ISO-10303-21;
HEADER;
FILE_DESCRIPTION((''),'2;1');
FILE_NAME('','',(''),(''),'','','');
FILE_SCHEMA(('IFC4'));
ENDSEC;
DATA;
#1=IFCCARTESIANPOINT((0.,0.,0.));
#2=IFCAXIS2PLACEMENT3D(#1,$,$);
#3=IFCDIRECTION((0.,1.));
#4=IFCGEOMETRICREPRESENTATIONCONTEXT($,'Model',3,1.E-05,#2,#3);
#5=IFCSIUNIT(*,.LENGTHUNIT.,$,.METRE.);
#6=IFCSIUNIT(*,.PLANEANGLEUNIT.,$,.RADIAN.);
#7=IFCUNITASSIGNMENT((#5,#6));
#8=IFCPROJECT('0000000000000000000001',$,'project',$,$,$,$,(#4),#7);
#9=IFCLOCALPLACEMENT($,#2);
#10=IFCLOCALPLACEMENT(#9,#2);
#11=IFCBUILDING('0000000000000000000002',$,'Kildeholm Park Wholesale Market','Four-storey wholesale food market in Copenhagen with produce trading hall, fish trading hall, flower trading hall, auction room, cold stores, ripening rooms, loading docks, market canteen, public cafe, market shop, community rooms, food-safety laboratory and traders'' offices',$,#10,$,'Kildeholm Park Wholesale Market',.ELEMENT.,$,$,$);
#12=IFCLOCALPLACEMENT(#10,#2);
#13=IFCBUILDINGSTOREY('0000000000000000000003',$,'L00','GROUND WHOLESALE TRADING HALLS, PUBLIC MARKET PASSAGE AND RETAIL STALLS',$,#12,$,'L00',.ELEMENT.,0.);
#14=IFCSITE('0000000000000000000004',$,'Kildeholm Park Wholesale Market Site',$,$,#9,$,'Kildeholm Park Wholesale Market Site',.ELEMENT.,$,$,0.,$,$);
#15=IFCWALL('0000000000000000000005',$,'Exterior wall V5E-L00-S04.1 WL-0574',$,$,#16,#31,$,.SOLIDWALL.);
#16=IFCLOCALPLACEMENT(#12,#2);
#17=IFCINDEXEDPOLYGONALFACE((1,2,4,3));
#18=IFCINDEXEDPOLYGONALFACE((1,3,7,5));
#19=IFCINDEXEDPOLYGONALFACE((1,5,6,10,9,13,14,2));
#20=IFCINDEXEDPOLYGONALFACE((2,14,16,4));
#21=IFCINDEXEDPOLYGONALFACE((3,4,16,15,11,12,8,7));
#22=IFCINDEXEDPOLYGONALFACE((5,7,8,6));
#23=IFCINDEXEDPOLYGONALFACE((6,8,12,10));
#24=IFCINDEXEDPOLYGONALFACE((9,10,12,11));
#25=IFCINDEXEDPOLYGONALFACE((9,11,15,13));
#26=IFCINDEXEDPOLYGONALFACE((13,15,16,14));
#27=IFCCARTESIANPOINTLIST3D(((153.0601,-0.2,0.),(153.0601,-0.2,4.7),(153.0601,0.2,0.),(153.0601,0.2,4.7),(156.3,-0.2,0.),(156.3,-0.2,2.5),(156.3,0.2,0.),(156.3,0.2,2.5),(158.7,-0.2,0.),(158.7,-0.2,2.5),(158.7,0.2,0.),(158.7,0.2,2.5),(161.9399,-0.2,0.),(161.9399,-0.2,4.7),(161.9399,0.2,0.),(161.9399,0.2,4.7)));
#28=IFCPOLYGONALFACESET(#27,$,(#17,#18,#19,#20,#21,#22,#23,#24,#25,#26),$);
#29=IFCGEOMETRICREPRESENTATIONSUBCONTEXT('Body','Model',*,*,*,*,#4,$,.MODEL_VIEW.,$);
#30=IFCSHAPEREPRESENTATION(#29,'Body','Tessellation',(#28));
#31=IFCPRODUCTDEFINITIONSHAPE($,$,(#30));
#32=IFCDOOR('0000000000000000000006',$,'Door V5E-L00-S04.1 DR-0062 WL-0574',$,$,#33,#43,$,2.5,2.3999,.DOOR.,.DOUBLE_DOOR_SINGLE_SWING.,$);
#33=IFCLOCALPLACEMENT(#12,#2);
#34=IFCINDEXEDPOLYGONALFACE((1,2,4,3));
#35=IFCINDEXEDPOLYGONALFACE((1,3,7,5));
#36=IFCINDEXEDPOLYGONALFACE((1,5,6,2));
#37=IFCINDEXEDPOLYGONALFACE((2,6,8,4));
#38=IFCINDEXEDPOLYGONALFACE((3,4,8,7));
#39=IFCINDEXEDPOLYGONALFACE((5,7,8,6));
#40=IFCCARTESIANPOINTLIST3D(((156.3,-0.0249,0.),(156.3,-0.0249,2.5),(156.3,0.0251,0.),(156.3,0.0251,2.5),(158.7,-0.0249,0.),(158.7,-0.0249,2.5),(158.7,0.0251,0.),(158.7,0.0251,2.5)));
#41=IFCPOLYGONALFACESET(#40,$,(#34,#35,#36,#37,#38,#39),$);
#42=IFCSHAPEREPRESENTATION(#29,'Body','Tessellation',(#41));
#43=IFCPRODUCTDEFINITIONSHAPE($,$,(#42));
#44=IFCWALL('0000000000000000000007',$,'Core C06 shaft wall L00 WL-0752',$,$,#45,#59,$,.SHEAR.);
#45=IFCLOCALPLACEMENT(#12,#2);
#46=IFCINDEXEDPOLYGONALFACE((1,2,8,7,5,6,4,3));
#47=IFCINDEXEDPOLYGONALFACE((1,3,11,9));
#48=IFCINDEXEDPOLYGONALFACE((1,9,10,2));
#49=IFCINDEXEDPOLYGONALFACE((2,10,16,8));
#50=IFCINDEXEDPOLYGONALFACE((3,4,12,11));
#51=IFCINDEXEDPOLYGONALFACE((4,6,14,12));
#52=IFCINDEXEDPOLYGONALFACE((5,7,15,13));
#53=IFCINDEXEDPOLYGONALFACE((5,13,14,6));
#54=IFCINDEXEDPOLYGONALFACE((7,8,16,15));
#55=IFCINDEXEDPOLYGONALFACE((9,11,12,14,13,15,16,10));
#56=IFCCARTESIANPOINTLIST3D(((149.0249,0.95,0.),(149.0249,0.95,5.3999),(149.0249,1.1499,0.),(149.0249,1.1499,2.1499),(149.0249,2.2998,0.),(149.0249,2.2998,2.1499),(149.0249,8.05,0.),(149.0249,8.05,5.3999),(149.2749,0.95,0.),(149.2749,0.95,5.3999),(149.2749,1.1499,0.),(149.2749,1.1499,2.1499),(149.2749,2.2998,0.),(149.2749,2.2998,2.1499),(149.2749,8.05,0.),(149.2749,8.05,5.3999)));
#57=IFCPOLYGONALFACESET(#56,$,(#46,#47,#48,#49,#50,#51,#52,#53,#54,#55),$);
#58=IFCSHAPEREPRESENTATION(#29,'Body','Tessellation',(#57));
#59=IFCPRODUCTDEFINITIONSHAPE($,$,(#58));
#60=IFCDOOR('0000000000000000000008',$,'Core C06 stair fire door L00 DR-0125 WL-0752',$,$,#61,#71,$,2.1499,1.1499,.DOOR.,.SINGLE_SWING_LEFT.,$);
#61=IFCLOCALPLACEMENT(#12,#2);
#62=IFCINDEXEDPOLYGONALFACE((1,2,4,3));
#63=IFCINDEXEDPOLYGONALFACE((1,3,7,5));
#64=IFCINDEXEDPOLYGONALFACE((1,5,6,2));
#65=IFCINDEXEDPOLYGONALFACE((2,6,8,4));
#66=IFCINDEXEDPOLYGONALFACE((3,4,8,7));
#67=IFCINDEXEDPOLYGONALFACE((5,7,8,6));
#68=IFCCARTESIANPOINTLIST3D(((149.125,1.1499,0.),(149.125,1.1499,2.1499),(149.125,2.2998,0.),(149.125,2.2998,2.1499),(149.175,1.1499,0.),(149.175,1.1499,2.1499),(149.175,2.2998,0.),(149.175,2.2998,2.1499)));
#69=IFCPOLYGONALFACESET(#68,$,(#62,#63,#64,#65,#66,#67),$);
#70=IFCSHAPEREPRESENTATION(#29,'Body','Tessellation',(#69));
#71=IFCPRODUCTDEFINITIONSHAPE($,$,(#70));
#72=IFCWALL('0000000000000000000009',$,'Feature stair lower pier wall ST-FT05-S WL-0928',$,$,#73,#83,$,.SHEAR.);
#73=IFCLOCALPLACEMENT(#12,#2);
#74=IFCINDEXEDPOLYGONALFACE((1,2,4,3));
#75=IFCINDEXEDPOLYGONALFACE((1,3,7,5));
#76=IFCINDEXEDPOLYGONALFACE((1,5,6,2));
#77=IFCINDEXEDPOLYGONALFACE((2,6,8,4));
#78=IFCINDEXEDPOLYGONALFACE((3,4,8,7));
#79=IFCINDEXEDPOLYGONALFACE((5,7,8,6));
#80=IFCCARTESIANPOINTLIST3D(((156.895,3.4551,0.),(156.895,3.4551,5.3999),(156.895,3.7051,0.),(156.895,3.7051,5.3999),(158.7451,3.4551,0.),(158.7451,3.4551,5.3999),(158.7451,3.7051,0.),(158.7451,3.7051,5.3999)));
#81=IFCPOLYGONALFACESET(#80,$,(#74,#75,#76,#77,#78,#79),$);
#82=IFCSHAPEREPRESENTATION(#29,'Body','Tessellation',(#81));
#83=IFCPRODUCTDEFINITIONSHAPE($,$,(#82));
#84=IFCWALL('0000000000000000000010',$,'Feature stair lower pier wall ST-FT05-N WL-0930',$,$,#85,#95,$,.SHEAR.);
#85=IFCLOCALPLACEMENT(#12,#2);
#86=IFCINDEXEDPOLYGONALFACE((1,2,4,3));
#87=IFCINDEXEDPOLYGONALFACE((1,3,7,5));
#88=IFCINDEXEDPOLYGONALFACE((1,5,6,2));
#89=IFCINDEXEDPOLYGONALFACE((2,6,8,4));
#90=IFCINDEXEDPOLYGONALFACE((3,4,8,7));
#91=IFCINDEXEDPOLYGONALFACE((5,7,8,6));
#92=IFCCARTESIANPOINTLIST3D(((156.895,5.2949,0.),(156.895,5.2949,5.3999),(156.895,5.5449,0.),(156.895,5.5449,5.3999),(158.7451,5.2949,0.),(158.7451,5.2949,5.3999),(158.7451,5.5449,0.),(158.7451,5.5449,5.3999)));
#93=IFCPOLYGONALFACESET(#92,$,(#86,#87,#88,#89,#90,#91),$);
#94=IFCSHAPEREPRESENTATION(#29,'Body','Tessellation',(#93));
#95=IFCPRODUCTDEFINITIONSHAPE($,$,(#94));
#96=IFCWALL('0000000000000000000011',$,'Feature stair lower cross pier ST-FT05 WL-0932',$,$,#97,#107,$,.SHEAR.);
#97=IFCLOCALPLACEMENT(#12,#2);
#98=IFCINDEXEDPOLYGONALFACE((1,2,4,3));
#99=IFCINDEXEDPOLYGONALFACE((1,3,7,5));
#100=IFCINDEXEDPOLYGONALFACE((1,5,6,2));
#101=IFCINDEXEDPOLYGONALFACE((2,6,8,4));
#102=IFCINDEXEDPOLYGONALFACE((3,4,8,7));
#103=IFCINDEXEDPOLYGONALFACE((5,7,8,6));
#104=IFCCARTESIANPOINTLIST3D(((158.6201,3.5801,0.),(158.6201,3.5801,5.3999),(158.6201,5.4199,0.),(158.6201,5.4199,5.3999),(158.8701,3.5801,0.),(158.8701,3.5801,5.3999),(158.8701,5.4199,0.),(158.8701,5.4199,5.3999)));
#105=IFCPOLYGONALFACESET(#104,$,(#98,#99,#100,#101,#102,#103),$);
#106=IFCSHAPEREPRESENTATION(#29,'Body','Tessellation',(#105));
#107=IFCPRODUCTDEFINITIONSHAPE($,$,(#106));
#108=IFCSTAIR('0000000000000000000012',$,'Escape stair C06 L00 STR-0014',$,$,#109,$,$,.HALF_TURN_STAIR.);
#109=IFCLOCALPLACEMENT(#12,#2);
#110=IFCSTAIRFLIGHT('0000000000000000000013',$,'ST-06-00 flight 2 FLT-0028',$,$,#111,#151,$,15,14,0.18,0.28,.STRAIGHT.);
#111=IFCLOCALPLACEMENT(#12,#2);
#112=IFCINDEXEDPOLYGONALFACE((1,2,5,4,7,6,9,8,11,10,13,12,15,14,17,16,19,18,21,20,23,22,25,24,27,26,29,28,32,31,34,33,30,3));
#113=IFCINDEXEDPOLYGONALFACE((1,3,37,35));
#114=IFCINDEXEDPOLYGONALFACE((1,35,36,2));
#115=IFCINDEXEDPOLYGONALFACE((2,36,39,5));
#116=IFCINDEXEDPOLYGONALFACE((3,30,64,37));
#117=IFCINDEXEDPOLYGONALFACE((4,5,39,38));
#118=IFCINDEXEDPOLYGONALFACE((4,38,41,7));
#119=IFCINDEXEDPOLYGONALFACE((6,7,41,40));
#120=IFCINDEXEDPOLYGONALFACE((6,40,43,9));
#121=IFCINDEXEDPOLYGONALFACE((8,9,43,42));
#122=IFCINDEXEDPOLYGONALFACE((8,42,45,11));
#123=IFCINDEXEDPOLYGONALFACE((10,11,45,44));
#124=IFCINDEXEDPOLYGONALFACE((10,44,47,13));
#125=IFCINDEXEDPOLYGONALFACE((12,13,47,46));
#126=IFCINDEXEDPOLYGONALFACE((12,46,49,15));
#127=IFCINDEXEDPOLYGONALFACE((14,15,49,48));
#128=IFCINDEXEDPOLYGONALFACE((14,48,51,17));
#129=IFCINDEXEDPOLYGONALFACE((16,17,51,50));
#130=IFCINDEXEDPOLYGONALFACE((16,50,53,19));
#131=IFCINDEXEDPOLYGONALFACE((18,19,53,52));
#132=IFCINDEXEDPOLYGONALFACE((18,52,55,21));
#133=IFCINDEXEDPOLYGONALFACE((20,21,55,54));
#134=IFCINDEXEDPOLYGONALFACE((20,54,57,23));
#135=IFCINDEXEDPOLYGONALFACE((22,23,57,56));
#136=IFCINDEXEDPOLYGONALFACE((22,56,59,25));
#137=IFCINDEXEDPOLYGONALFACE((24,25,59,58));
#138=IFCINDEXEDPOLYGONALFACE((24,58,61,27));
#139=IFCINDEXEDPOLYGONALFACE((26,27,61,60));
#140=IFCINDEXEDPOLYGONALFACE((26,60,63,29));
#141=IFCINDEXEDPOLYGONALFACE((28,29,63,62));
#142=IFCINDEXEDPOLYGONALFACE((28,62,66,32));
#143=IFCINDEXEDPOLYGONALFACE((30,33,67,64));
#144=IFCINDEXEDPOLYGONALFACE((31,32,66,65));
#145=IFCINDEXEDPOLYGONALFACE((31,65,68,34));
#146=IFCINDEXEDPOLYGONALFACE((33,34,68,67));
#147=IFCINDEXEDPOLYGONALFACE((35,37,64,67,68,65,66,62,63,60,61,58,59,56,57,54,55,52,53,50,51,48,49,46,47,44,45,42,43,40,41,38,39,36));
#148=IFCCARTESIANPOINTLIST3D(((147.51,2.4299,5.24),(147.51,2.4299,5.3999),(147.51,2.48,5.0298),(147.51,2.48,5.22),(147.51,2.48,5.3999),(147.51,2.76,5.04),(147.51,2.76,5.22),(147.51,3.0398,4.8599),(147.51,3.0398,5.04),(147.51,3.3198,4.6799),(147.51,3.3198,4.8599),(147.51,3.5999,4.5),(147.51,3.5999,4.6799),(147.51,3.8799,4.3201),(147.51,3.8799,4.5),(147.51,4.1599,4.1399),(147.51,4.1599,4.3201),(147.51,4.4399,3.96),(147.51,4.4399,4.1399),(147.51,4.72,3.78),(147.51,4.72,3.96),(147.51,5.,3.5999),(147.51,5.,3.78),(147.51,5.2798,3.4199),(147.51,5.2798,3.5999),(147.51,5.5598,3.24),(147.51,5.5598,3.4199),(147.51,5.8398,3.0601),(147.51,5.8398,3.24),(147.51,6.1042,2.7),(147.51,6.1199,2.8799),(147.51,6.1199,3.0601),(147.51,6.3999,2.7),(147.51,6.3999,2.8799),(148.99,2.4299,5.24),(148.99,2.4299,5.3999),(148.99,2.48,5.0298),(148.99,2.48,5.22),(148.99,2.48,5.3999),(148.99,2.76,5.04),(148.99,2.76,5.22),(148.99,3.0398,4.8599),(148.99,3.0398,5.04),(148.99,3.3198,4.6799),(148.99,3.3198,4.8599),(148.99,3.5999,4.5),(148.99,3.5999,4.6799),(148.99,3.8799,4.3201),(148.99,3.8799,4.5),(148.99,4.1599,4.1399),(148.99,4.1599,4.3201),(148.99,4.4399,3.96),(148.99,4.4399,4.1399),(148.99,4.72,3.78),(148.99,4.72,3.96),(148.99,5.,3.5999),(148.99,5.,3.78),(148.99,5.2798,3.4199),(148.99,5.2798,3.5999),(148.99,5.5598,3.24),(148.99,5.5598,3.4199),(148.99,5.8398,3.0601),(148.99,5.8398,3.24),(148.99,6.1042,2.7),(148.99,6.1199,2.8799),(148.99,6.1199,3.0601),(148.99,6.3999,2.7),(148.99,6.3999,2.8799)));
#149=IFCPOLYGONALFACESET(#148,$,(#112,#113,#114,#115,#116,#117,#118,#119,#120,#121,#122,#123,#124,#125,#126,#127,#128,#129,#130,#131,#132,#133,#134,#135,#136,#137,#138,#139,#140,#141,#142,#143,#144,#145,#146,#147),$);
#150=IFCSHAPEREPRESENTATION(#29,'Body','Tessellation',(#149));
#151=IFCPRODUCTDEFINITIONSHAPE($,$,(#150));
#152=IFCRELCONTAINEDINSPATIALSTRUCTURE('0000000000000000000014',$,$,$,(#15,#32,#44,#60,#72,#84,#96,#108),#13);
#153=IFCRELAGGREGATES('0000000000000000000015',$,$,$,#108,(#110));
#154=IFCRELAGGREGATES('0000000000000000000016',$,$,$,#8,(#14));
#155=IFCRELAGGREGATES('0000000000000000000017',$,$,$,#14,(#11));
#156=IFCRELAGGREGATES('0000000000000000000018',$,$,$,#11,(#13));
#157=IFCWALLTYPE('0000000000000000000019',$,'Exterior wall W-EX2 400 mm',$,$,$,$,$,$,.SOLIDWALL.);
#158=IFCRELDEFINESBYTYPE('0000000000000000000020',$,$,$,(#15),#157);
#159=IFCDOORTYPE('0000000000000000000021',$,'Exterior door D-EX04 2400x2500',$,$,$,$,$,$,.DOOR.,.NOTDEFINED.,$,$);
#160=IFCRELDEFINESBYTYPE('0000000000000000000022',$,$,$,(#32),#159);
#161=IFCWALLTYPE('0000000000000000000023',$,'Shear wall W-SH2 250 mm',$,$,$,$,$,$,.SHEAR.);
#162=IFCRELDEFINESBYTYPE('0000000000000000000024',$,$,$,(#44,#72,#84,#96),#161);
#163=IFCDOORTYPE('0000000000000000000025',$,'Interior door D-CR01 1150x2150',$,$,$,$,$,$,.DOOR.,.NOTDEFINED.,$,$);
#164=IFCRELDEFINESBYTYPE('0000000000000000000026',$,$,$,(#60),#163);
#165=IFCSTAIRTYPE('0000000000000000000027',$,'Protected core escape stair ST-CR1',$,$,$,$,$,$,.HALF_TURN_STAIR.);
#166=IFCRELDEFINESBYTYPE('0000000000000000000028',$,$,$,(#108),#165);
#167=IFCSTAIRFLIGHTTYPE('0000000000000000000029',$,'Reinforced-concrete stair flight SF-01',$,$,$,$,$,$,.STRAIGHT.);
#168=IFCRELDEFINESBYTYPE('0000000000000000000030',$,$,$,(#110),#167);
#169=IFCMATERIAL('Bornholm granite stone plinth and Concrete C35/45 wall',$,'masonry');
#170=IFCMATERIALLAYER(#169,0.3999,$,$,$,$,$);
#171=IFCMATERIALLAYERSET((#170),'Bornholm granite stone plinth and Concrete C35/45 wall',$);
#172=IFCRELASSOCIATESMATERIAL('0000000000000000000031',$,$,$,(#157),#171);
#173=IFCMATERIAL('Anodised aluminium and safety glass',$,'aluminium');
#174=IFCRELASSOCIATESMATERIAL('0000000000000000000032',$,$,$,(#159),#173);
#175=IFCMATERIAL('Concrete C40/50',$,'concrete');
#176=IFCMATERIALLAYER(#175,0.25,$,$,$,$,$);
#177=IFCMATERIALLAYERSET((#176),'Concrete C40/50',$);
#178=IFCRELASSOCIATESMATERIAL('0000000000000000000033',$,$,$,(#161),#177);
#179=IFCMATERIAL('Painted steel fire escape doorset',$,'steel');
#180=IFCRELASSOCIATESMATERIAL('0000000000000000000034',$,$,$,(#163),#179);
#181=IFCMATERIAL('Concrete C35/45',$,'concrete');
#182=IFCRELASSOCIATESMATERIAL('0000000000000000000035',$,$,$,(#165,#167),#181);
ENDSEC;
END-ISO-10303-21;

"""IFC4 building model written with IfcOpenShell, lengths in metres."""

from ifc_helpers import new_model, si_unit, direction, frame, frame_2d, origin, place, context, subcontext, project, spatial, polyline, rectangle, outline, extrude, material, layer, layer_set, type_object, element, fill, aggregate, save


model = new_model("IFC4")

# Units and contexts
model_context = context("Model", 3, precision=1e-05, world=origin(), true_north=direction((0.0, 1.0)))
body_context = subcontext(model_context, "Body", "Model", "MODEL_VIEW")
ifc_project = project(units=[si_unit("LENGTHUNIT", "METRE"), si_unit("PLANEANGLEUNIT", "RADIAN")], contexts=[model_context])

# Site, building, storey
site_placement = place(None, origin())
site = spatial("IfcSite", under=ifc_project, at=site_placement, Name="Kildeholm Park Wholesale Market Site", LongName="Kildeholm Park Wholesale Market Site", CompositionType="ELEMENT", RefElevation=0.0)
building_placement = place(site_placement, origin())
building = spatial("IfcBuilding", under=site, at=building_placement, Name="Kildeholm Park Wholesale Market", Description="Four-storey wholesale food market in Copenhagen with produce trading hall, fish trading hall, flower trading hall, auction room, cold stores, ripening rooms, loading docks, market canteen, public cafe, market shop, community rooms, food-safety laboratory and traders' offices", LongName="Kildeholm Park Wholesale Market", CompositionType="ELEMENT")
storey_placement = place(building_placement, origin())
storey = spatial("IfcBuildingStorey", under=building, at=storey_placement, Name="L00", Description="GROUND WHOLESALE TRADING HALLS, PUBLIC MARKET PASSAGE AND RETAIL STALLS", LongName="L00", CompositionType="ELEMENT", Elevation=0.0)

# Shared definitions
ifc_material_1 = material(Name="Concrete C35/45", Category="concrete")

# Walls, openings, doors
ifc_material_2 = material(Name="Bornholm granite stone plinth and Concrete C35/45 wall", Category="masonry")
ifc_layer_1 = layer(ifc_material_2, 0.3999)
ifc_layer_set_1 = layer_set([ifc_layer_1], Name="Bornholm granite stone plinth and Concrete C35/45 wall")
wall_type_1 = type_object("IfcWallType", Name="Exterior wall W-EX2 400 mm", PredefinedType="SOLIDWALL", material=ifc_layer_set_1)
wall_1_placement = place(storey_placement, frame((153.0601, 0.0, 0.0), z_axis=(0.0, 0.0, 1.0), x_axis=(1.0, 0.0, 0.0)))
wall_1 = element("IfcWall", 1, at=wall_1_placement, inside=storey, type_object=wall_type_1, Name="Exterior wall V5E-L00-S04.1 WL-0574", PredefinedType="SOLIDWALL", context=body_context, shape_type="SweptSolid", body=[
    extrude(rectangle(XDim=8.8799, YDim=0.3999, at=frame_2d((4.4399, 0.0))), origin(), (0.0, 0.0, 1.0), 4.7),
])
opening_1_placement = place(wall_1_placement, frame((3.24, 0.0, 0.0)))
opening_1 = element("IfcOpeningElement", 2, at=opening_1_placement, cuts=wall_1, PredefinedType="OPENING", context=body_context, shape_type="SweptSolid", body=[
    extrude(rectangle(XDim=2.3999, YDim=2.5, at=frame_2d((1.2, 1.25))), frame((0.0, 0.21, 0.0), z_axis=(0.0, -1.0, 0.0), x_axis=(1.0, 0.0, 0.0)), (0.0, 0.0, 1.0), 0.4199),
])
ifc_material_3 = material(Name="Anodised aluminium and safety glass", Category="aluminium")
door_type_1 = type_object("IfcDoorType", Name="Exterior door D-EX04 2400x2500", OperationType="NOTDEFINED", PredefinedType="DOOR", material=ifc_material_3)
door_1_placement = place(opening_1_placement, frame((2.3999, 0.0, 0.0), z_axis=(0.0, 0.0, 1.0), x_axis=(-1.0, 0.0, 0.0)))
door_1 = element("IfcDoor", 3, at=door_1_placement, inside=storey, type_object=door_type_1, Name="Door V5E-L00-S04.1 DR-0062 WL-0574", OperationType="DOUBLE_DOOR_SINGLE_SWING", OverallHeight=2.5, OverallWidth=2.3999, PredefinedType="DOOR", context=body_context, shape_type="SweptSolid", body=[
    extrude(rectangle(XDim=2.3999, YDim=2.5, at=frame_2d((1.2, 1.25))), frame((0.0, 0.0249, 0.0), z_axis=(0.0, -1.0, 0.0), x_axis=(1.0, 0.0, 0.0)), (0.0, 0.0, 1.0), 0.05),
])
fill(opening_1, door_1)
ifc_material_4 = material(Name="Concrete C40/50", Category="concrete")
ifc_layer_2 = layer(ifc_material_4, 0.25)
ifc_layer_set_2 = layer_set([ifc_layer_2], Name="Concrete C40/50")
wall_type_2 = type_object("IfcWallType", Name="Shear wall W-SH2 250 mm", PredefinedType="SHEAR", material=ifc_layer_set_2)
wall_2_placement = place(storey_placement, frame((149.1499, 0.95, 0.0), z_axis=(0.0, 0.0, 1.0), x_axis=(0.0, 1.0, 0.0)))
wall_2 = element("IfcWall", 4, at=wall_2_placement, inside=storey, type_object=wall_type_2, Name="Core C06 shaft wall L00 WL-0752", PredefinedType="SHEAR", context=body_context, shape_type="SweptSolid", body=[
    extrude(rectangle(XDim=7.1001, YDim=0.25, at=frame_2d((3.55, 0.0))), origin(), (0.0, 0.0, 1.0), 5.3999),
])
opening_2_placement = place(wall_2_placement, frame((0.2, 0.0, 0.0)))
opening_2 = element("IfcOpeningElement", 5, at=opening_2_placement, cuts=wall_2, PredefinedType="OPENING", context=body_context, shape_type="SweptSolid", body=[
    extrude(rectangle(XDim=1.1499, YDim=2.1499, at=frame_2d((0.575, 1.075))), frame((0.0, 0.135, 0.0), z_axis=(0.0, -1.0, 0.0), x_axis=(1.0, 0.0, 0.0)), (0.0, 0.0, 1.0), 0.27),
])
ifc_material_5 = material(Name="Painted steel fire escape doorset", Category="steel")
door_type_2 = type_object("IfcDoorType", Name="Interior door D-CR01 1150x2150", OperationType="NOTDEFINED", PredefinedType="DOOR", material=ifc_material_5)
door_2_placement = place(opening_2_placement, origin())
door_2 = element("IfcDoor", 6, at=door_2_placement, inside=storey, type_object=door_type_2, Name="Core C06 stair fire door L00 DR-0125 WL-0752", OperationType="SINGLE_SWING_LEFT", OverallHeight=2.1499, OverallWidth=1.1499, PredefinedType="DOOR", context=body_context, shape_type="SweptSolid", body=[
    extrude(rectangle(XDim=1.1499, YDim=2.1499, at=frame_2d((0.575, 1.075))), frame((0.0, 0.0249, 0.0), z_axis=(0.0, -1.0, 0.0), x_axis=(1.0, 0.0, 0.0)), (0.0, 0.0, 1.0), 0.05),
])
fill(opening_2, door_2)

# Walls
for number, where, z_axis, x_axis, name in (
    (7, (156.895, 3.5801, 0.0), (0.0, 0.0, 1.0), (1.0, 0.0, 0.0), "Feature stair lower pier wall ST-FT05-S WL-0928"),
    (8, (156.895, 5.4199, 0.0), (0.0, 0.0, 1.0), (1.0, 0.0, 0.0), "Feature stair lower pier wall ST-FT05-N WL-0930"),
):
    element("IfcWall", number, at=place(storey_placement, frame(where, z_axis=z_axis, x_axis=x_axis)), inside=storey, type_object=wall_type_2, Name=name, PredefinedType="SHEAR", context=body_context, shape_type="SweptSolid", body=[
        extrude(rectangle(XDim=1.8501, YDim=0.25, at=frame_2d((0.925, 0.0))), origin(), (0.0, 0.0, 1.0), 5.3999),
    ])
wall_3_placement = place(storey_placement, frame((158.7451, 3.5801, 0.0), z_axis=(0.0, 0.0, 1.0), x_axis=(0.0, 1.0, 0.0)))
element("IfcWall", 9, at=wall_3_placement, inside=storey, type_object=wall_type_2, Name="Feature stair lower cross pier ST-FT05 WL-0932", PredefinedType="SHEAR", context=body_context, shape_type="SweptSolid", body=[
    extrude(rectangle(XDim=1.8398, YDim=0.25, at=frame_2d((0.9199, 0.0))), origin(), (0.0, 0.0, 1.0), 5.3999),
])

# Stair, stair flight
stair_type = type_object("IfcStairType", Name="Protected core escape stair ST-CR1", PredefinedType="HALF_TURN_STAIR", material=ifc_material_1)
stair_placement = place(storey_placement, origin())
stair = element("IfcStair", 10, at=stair_placement, inside=storey, type_object=stair_type, Name="Escape stair C06 L00 STR-0014", PredefinedType="HALF_TURN_STAIR")
stair_flight_type = type_object("IfcStairFlightType", Name="Reinforced-concrete stair flight SF-01", PredefinedType="STRAIGHT", material=ifc_material_1)
stair_flight_placement = place(storey_placement, frame((148.25, 6.3999, 2.7), z_axis=(0.0, 0.0, 1.0), x_axis=(0.0, -1.0, 0.0)))
stair_flight = element("IfcStairFlight", 11, at=stair_flight_placement, type_object=stair_flight_type, Name="ST-06-00 flight 2 FLT-0028", NumberOfRisers=15, NumberOfTreads=14, PredefinedType="STRAIGHT", RiserHeight=0.18, TreadLength=0.28, context=body_context, shape_type="SweptSolid", body=[
    extrude(outline(polyline([(0.0, 0.0), (0.0, 0.1799), (0.28, 0.1799), (0.28, 0.3601), (0.5601, 0.3601), (0.5601, 0.54), (0.8401, 0.54), (0.8401, 0.72), (1.1201, 0.72), (1.1201, 0.8999), (1.3999, 0.8999), (1.3999, 1.0801), (1.6799, 1.0801), (1.6799, 1.26), (1.96, 1.26), (1.96, 1.4399), (2.24, 1.4399), (2.24, 1.6201), (2.52, 1.6201), (2.52, 1.8), (2.8, 1.8), (2.8, 1.98), (3.0801, 1.98), (3.0801, 2.1599), (3.3601, 2.1599), (3.3601, 2.3401), (3.6399, 2.3401), (3.6399, 2.52), (3.9199, 2.52), (3.9199, 2.7), (3.97, 2.7), (3.97, 2.54), (3.9199, 2.3298), (0.2957, 0.0), (0.0, 0.0)])), frame((0.0, 0.74, 0.0), z_axis=(0.0, -1.0, 0.0), x_axis=(1.0, 0.0, 0.0)), (0.0, 0.0, 1.0), 1.48),
])
aggregate(stair, [stair_flight])

save(model, "model.ifc")
